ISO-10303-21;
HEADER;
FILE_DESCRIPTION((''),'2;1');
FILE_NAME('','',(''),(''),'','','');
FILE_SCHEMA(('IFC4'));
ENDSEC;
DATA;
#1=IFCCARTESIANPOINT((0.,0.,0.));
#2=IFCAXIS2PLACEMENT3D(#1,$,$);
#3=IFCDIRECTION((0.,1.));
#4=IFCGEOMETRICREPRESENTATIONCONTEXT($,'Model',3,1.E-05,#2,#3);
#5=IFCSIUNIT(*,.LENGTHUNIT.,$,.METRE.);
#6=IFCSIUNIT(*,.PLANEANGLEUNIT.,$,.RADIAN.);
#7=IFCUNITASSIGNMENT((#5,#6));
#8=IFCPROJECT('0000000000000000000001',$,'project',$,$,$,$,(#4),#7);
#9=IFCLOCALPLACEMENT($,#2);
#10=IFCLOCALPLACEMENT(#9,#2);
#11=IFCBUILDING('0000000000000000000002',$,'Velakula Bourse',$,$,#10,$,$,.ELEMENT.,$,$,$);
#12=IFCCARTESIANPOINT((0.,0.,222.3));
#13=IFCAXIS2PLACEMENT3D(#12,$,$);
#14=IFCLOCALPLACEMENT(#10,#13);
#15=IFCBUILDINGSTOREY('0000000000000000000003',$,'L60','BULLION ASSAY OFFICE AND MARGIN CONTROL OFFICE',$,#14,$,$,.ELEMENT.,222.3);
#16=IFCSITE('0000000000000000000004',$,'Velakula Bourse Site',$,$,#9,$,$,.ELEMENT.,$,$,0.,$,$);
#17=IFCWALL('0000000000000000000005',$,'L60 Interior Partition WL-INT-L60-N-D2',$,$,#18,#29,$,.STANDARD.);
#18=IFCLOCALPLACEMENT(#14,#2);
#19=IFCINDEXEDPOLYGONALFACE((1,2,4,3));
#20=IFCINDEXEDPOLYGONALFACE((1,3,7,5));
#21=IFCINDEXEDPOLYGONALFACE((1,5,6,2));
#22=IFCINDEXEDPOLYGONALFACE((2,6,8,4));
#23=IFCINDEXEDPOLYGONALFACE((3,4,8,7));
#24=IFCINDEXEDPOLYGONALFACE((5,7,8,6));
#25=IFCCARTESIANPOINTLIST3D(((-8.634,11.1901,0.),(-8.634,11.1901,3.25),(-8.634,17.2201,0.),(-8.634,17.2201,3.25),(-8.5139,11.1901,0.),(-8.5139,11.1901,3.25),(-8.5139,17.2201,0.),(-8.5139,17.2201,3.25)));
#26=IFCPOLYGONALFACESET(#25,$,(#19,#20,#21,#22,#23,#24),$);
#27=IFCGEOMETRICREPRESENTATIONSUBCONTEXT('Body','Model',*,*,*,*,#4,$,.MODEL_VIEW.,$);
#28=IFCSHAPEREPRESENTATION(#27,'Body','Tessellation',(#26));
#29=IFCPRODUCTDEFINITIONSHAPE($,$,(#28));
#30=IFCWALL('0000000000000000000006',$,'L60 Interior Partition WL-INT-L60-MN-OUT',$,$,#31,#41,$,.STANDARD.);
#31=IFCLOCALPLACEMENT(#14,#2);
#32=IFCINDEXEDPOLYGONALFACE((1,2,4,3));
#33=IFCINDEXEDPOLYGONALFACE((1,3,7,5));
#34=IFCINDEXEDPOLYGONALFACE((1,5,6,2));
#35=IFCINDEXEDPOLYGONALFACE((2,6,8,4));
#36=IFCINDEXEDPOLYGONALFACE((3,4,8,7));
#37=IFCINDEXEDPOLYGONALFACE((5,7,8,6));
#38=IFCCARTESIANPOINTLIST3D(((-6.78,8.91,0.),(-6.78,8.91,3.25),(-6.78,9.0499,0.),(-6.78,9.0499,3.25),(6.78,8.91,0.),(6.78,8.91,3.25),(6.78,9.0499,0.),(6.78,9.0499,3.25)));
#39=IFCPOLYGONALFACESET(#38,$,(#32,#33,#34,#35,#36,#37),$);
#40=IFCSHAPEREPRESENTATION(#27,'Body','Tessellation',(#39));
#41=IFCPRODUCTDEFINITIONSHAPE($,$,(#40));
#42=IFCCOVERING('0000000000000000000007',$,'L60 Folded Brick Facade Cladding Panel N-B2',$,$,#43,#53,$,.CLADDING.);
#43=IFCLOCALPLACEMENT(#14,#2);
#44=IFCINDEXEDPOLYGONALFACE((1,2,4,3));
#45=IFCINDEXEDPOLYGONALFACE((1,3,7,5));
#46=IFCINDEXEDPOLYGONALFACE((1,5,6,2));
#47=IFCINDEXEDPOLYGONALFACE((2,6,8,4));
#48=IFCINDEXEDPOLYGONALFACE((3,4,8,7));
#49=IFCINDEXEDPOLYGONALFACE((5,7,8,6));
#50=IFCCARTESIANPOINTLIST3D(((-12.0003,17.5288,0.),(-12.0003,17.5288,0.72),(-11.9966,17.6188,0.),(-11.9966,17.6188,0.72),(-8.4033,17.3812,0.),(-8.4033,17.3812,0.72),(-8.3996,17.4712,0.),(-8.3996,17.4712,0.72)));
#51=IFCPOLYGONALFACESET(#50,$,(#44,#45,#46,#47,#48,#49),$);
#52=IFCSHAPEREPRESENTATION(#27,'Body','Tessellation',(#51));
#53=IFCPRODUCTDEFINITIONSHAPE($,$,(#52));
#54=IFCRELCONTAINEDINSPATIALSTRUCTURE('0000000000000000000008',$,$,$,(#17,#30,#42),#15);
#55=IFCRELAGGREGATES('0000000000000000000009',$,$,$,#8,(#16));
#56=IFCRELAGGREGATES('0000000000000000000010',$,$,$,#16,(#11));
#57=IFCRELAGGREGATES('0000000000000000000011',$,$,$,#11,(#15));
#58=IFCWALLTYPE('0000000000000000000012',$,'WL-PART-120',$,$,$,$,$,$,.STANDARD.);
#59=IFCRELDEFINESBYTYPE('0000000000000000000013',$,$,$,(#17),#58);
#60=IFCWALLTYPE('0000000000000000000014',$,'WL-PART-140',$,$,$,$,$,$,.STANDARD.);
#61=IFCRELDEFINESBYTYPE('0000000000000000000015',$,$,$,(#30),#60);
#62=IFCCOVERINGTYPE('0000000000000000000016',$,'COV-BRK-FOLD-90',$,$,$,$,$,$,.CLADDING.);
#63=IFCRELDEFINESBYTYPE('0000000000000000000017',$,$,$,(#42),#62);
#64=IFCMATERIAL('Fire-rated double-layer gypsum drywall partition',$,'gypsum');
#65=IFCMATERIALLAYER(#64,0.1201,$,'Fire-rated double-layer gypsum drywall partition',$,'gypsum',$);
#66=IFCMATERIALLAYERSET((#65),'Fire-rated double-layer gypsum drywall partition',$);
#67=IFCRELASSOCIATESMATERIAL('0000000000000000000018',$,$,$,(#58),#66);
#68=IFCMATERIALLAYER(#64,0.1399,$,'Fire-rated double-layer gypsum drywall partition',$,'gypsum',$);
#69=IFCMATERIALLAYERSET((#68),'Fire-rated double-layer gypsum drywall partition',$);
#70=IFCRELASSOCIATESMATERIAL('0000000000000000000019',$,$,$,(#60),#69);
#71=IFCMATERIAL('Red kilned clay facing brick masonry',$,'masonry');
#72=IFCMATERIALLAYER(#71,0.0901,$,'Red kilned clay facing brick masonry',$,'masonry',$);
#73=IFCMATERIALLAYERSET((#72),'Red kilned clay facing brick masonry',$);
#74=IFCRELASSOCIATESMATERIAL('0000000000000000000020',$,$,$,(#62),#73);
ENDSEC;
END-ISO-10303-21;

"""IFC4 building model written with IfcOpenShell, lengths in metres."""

from ifc_helpers import new_model, si_unit, direction, frame, frame_2d, origin, origin_2d, place, context, subcontext, project, spatial, rectangle, extrude, material, layer, layer_set, type_object, element, save


model = new_model("IFC4")

# Units and contexts
model_context = context("Model", 3, precision=1e-05, world=origin(), true_north=direction((0.0, 1.0)))
body_context = subcontext(model_context, "Body", "Model", "MODEL_VIEW")
ifc_project = project(units=[si_unit("LENGTHUNIT", "METRE"), si_unit("PLANEANGLEUNIT", "RADIAN")], contexts=[model_context])

# Site, building, storey
site_placement = place(None, origin())
site = spatial("IfcSite", under=ifc_project, at=site_placement, Name="Velakula Bourse Site", CompositionType="ELEMENT", RefElevation=0.0)
building_placement = place(site_placement, origin())
building = spatial("IfcBuilding", under=site, at=building_placement, Name="Velakula Bourse", CompositionType="ELEMENT")
storey_placement = place(building_placement, frame((0.0, 0.0, 222.3)))
storey = spatial("IfcBuildingStorey", under=building, at=storey_placement, Name="L60", Description="BULLION ASSAY OFFICE AND MARGIN CONTROL OFFICE", CompositionType="ELEMENT", Elevation=222.3)

# Walls
ifc_material_1 = material(Name="Fire-rated double-layer gypsum drywall partition", Category="gypsum")
ifc_layer_1 = layer(ifc_material_1, 0.1201, Name="Fire-rated double-layer gypsum drywall partition", Category="gypsum")
ifc_layer_set_1 = layer_set([ifc_layer_1], Name="Fire-rated double-layer gypsum drywall partition")
wall_type_1 = type_object("IfcWallType", Name="WL-PART-120", PredefinedType="STANDARD", material=ifc_layer_set_1)
wall_1_placement = place(storey_placement, frame((-8.574, 11.1899, 0.0), z_axis=(0.0, 0.0, 1.0), x_axis=(0.0, 1.0, 0.0)))
element("IfcWall", 1, at=wall_1_placement, inside=storey, type_object=wall_type_1, Name="L60 Interior Partition WL-INT-L60-N-D2", PredefinedType="STANDARD", context=body_context, shape_type="SweptSolid", body=[
    extrude(rectangle(XDim=6.03, YDim=0.1201, at=frame_2d((3.0151, 0.0))), origin(), (0.0, 0.0, 1.0), 3.25),
])
ifc_layer_2 = layer(ifc_material_1, 0.1399, Name="Fire-rated double-layer gypsum drywall partition", Category="gypsum")
ifc_layer_set_2 = layer_set([ifc_layer_2], Name="Fire-rated double-layer gypsum drywall partition")
wall_type_2 = type_object("IfcWallType", Name="WL-PART-140", PredefinedType="STANDARD", material=ifc_layer_set_2)
wall_2_placement = place(storey_placement, frame((-6.78, 8.98, 0.0), z_axis=(0.0, 0.0, 1.0), x_axis=(1.0, 0.0, 0.0)))
element("IfcWall", 2, at=wall_2_placement, inside=storey, type_object=wall_type_2, Name="L60 Interior Partition WL-INT-L60-MN-OUT", PredefinedType="STANDARD", context=body_context, shape_type="SweptSolid", body=[
    extrude(rectangle(XDim=13.5601, YDim=0.1399, at=frame_2d((6.78, 0.0))), origin(), (0.0, 0.0, 1.0), 3.25),
])

# Covering
ifc_material_2 = material(Name="Red kilned clay facing brick masonry", Category="masonry")
ifc_layer_3 = layer(ifc_material_2, 0.0901, Name="Red kilned clay facing brick masonry", Category="masonry")
ifc_layer_set_3 = layer_set([ifc_layer_3], Name="Red kilned clay facing brick masonry")
covering_type = type_object("IfcCoveringType", Name="COV-BRK-FOLD-90", PredefinedType="CLADDING", material=ifc_layer_set_3)
covering_placement = place(storey_placement, frame((-10.2, 17.5, 0.0), z_axis=(0.0, 0.0, 1.0), x_axis=(0.999159, -0.041004, 0.0)))
element("IfcCovering", 3, at=covering_placement, inside=storey, type_object=covering_type, Name="L60 Folded Brick Facade Cladding Panel N-B2", PredefinedType="CLADDING", context=body_context, shape_type="SweptSolid", body=[
    extrude(rectangle(XDim=3.6001, YDim=0.0901, at=origin_2d()), origin(), (0.0, 0.0, 1.0), 0.72),
])

save(model, "model.ifc")
